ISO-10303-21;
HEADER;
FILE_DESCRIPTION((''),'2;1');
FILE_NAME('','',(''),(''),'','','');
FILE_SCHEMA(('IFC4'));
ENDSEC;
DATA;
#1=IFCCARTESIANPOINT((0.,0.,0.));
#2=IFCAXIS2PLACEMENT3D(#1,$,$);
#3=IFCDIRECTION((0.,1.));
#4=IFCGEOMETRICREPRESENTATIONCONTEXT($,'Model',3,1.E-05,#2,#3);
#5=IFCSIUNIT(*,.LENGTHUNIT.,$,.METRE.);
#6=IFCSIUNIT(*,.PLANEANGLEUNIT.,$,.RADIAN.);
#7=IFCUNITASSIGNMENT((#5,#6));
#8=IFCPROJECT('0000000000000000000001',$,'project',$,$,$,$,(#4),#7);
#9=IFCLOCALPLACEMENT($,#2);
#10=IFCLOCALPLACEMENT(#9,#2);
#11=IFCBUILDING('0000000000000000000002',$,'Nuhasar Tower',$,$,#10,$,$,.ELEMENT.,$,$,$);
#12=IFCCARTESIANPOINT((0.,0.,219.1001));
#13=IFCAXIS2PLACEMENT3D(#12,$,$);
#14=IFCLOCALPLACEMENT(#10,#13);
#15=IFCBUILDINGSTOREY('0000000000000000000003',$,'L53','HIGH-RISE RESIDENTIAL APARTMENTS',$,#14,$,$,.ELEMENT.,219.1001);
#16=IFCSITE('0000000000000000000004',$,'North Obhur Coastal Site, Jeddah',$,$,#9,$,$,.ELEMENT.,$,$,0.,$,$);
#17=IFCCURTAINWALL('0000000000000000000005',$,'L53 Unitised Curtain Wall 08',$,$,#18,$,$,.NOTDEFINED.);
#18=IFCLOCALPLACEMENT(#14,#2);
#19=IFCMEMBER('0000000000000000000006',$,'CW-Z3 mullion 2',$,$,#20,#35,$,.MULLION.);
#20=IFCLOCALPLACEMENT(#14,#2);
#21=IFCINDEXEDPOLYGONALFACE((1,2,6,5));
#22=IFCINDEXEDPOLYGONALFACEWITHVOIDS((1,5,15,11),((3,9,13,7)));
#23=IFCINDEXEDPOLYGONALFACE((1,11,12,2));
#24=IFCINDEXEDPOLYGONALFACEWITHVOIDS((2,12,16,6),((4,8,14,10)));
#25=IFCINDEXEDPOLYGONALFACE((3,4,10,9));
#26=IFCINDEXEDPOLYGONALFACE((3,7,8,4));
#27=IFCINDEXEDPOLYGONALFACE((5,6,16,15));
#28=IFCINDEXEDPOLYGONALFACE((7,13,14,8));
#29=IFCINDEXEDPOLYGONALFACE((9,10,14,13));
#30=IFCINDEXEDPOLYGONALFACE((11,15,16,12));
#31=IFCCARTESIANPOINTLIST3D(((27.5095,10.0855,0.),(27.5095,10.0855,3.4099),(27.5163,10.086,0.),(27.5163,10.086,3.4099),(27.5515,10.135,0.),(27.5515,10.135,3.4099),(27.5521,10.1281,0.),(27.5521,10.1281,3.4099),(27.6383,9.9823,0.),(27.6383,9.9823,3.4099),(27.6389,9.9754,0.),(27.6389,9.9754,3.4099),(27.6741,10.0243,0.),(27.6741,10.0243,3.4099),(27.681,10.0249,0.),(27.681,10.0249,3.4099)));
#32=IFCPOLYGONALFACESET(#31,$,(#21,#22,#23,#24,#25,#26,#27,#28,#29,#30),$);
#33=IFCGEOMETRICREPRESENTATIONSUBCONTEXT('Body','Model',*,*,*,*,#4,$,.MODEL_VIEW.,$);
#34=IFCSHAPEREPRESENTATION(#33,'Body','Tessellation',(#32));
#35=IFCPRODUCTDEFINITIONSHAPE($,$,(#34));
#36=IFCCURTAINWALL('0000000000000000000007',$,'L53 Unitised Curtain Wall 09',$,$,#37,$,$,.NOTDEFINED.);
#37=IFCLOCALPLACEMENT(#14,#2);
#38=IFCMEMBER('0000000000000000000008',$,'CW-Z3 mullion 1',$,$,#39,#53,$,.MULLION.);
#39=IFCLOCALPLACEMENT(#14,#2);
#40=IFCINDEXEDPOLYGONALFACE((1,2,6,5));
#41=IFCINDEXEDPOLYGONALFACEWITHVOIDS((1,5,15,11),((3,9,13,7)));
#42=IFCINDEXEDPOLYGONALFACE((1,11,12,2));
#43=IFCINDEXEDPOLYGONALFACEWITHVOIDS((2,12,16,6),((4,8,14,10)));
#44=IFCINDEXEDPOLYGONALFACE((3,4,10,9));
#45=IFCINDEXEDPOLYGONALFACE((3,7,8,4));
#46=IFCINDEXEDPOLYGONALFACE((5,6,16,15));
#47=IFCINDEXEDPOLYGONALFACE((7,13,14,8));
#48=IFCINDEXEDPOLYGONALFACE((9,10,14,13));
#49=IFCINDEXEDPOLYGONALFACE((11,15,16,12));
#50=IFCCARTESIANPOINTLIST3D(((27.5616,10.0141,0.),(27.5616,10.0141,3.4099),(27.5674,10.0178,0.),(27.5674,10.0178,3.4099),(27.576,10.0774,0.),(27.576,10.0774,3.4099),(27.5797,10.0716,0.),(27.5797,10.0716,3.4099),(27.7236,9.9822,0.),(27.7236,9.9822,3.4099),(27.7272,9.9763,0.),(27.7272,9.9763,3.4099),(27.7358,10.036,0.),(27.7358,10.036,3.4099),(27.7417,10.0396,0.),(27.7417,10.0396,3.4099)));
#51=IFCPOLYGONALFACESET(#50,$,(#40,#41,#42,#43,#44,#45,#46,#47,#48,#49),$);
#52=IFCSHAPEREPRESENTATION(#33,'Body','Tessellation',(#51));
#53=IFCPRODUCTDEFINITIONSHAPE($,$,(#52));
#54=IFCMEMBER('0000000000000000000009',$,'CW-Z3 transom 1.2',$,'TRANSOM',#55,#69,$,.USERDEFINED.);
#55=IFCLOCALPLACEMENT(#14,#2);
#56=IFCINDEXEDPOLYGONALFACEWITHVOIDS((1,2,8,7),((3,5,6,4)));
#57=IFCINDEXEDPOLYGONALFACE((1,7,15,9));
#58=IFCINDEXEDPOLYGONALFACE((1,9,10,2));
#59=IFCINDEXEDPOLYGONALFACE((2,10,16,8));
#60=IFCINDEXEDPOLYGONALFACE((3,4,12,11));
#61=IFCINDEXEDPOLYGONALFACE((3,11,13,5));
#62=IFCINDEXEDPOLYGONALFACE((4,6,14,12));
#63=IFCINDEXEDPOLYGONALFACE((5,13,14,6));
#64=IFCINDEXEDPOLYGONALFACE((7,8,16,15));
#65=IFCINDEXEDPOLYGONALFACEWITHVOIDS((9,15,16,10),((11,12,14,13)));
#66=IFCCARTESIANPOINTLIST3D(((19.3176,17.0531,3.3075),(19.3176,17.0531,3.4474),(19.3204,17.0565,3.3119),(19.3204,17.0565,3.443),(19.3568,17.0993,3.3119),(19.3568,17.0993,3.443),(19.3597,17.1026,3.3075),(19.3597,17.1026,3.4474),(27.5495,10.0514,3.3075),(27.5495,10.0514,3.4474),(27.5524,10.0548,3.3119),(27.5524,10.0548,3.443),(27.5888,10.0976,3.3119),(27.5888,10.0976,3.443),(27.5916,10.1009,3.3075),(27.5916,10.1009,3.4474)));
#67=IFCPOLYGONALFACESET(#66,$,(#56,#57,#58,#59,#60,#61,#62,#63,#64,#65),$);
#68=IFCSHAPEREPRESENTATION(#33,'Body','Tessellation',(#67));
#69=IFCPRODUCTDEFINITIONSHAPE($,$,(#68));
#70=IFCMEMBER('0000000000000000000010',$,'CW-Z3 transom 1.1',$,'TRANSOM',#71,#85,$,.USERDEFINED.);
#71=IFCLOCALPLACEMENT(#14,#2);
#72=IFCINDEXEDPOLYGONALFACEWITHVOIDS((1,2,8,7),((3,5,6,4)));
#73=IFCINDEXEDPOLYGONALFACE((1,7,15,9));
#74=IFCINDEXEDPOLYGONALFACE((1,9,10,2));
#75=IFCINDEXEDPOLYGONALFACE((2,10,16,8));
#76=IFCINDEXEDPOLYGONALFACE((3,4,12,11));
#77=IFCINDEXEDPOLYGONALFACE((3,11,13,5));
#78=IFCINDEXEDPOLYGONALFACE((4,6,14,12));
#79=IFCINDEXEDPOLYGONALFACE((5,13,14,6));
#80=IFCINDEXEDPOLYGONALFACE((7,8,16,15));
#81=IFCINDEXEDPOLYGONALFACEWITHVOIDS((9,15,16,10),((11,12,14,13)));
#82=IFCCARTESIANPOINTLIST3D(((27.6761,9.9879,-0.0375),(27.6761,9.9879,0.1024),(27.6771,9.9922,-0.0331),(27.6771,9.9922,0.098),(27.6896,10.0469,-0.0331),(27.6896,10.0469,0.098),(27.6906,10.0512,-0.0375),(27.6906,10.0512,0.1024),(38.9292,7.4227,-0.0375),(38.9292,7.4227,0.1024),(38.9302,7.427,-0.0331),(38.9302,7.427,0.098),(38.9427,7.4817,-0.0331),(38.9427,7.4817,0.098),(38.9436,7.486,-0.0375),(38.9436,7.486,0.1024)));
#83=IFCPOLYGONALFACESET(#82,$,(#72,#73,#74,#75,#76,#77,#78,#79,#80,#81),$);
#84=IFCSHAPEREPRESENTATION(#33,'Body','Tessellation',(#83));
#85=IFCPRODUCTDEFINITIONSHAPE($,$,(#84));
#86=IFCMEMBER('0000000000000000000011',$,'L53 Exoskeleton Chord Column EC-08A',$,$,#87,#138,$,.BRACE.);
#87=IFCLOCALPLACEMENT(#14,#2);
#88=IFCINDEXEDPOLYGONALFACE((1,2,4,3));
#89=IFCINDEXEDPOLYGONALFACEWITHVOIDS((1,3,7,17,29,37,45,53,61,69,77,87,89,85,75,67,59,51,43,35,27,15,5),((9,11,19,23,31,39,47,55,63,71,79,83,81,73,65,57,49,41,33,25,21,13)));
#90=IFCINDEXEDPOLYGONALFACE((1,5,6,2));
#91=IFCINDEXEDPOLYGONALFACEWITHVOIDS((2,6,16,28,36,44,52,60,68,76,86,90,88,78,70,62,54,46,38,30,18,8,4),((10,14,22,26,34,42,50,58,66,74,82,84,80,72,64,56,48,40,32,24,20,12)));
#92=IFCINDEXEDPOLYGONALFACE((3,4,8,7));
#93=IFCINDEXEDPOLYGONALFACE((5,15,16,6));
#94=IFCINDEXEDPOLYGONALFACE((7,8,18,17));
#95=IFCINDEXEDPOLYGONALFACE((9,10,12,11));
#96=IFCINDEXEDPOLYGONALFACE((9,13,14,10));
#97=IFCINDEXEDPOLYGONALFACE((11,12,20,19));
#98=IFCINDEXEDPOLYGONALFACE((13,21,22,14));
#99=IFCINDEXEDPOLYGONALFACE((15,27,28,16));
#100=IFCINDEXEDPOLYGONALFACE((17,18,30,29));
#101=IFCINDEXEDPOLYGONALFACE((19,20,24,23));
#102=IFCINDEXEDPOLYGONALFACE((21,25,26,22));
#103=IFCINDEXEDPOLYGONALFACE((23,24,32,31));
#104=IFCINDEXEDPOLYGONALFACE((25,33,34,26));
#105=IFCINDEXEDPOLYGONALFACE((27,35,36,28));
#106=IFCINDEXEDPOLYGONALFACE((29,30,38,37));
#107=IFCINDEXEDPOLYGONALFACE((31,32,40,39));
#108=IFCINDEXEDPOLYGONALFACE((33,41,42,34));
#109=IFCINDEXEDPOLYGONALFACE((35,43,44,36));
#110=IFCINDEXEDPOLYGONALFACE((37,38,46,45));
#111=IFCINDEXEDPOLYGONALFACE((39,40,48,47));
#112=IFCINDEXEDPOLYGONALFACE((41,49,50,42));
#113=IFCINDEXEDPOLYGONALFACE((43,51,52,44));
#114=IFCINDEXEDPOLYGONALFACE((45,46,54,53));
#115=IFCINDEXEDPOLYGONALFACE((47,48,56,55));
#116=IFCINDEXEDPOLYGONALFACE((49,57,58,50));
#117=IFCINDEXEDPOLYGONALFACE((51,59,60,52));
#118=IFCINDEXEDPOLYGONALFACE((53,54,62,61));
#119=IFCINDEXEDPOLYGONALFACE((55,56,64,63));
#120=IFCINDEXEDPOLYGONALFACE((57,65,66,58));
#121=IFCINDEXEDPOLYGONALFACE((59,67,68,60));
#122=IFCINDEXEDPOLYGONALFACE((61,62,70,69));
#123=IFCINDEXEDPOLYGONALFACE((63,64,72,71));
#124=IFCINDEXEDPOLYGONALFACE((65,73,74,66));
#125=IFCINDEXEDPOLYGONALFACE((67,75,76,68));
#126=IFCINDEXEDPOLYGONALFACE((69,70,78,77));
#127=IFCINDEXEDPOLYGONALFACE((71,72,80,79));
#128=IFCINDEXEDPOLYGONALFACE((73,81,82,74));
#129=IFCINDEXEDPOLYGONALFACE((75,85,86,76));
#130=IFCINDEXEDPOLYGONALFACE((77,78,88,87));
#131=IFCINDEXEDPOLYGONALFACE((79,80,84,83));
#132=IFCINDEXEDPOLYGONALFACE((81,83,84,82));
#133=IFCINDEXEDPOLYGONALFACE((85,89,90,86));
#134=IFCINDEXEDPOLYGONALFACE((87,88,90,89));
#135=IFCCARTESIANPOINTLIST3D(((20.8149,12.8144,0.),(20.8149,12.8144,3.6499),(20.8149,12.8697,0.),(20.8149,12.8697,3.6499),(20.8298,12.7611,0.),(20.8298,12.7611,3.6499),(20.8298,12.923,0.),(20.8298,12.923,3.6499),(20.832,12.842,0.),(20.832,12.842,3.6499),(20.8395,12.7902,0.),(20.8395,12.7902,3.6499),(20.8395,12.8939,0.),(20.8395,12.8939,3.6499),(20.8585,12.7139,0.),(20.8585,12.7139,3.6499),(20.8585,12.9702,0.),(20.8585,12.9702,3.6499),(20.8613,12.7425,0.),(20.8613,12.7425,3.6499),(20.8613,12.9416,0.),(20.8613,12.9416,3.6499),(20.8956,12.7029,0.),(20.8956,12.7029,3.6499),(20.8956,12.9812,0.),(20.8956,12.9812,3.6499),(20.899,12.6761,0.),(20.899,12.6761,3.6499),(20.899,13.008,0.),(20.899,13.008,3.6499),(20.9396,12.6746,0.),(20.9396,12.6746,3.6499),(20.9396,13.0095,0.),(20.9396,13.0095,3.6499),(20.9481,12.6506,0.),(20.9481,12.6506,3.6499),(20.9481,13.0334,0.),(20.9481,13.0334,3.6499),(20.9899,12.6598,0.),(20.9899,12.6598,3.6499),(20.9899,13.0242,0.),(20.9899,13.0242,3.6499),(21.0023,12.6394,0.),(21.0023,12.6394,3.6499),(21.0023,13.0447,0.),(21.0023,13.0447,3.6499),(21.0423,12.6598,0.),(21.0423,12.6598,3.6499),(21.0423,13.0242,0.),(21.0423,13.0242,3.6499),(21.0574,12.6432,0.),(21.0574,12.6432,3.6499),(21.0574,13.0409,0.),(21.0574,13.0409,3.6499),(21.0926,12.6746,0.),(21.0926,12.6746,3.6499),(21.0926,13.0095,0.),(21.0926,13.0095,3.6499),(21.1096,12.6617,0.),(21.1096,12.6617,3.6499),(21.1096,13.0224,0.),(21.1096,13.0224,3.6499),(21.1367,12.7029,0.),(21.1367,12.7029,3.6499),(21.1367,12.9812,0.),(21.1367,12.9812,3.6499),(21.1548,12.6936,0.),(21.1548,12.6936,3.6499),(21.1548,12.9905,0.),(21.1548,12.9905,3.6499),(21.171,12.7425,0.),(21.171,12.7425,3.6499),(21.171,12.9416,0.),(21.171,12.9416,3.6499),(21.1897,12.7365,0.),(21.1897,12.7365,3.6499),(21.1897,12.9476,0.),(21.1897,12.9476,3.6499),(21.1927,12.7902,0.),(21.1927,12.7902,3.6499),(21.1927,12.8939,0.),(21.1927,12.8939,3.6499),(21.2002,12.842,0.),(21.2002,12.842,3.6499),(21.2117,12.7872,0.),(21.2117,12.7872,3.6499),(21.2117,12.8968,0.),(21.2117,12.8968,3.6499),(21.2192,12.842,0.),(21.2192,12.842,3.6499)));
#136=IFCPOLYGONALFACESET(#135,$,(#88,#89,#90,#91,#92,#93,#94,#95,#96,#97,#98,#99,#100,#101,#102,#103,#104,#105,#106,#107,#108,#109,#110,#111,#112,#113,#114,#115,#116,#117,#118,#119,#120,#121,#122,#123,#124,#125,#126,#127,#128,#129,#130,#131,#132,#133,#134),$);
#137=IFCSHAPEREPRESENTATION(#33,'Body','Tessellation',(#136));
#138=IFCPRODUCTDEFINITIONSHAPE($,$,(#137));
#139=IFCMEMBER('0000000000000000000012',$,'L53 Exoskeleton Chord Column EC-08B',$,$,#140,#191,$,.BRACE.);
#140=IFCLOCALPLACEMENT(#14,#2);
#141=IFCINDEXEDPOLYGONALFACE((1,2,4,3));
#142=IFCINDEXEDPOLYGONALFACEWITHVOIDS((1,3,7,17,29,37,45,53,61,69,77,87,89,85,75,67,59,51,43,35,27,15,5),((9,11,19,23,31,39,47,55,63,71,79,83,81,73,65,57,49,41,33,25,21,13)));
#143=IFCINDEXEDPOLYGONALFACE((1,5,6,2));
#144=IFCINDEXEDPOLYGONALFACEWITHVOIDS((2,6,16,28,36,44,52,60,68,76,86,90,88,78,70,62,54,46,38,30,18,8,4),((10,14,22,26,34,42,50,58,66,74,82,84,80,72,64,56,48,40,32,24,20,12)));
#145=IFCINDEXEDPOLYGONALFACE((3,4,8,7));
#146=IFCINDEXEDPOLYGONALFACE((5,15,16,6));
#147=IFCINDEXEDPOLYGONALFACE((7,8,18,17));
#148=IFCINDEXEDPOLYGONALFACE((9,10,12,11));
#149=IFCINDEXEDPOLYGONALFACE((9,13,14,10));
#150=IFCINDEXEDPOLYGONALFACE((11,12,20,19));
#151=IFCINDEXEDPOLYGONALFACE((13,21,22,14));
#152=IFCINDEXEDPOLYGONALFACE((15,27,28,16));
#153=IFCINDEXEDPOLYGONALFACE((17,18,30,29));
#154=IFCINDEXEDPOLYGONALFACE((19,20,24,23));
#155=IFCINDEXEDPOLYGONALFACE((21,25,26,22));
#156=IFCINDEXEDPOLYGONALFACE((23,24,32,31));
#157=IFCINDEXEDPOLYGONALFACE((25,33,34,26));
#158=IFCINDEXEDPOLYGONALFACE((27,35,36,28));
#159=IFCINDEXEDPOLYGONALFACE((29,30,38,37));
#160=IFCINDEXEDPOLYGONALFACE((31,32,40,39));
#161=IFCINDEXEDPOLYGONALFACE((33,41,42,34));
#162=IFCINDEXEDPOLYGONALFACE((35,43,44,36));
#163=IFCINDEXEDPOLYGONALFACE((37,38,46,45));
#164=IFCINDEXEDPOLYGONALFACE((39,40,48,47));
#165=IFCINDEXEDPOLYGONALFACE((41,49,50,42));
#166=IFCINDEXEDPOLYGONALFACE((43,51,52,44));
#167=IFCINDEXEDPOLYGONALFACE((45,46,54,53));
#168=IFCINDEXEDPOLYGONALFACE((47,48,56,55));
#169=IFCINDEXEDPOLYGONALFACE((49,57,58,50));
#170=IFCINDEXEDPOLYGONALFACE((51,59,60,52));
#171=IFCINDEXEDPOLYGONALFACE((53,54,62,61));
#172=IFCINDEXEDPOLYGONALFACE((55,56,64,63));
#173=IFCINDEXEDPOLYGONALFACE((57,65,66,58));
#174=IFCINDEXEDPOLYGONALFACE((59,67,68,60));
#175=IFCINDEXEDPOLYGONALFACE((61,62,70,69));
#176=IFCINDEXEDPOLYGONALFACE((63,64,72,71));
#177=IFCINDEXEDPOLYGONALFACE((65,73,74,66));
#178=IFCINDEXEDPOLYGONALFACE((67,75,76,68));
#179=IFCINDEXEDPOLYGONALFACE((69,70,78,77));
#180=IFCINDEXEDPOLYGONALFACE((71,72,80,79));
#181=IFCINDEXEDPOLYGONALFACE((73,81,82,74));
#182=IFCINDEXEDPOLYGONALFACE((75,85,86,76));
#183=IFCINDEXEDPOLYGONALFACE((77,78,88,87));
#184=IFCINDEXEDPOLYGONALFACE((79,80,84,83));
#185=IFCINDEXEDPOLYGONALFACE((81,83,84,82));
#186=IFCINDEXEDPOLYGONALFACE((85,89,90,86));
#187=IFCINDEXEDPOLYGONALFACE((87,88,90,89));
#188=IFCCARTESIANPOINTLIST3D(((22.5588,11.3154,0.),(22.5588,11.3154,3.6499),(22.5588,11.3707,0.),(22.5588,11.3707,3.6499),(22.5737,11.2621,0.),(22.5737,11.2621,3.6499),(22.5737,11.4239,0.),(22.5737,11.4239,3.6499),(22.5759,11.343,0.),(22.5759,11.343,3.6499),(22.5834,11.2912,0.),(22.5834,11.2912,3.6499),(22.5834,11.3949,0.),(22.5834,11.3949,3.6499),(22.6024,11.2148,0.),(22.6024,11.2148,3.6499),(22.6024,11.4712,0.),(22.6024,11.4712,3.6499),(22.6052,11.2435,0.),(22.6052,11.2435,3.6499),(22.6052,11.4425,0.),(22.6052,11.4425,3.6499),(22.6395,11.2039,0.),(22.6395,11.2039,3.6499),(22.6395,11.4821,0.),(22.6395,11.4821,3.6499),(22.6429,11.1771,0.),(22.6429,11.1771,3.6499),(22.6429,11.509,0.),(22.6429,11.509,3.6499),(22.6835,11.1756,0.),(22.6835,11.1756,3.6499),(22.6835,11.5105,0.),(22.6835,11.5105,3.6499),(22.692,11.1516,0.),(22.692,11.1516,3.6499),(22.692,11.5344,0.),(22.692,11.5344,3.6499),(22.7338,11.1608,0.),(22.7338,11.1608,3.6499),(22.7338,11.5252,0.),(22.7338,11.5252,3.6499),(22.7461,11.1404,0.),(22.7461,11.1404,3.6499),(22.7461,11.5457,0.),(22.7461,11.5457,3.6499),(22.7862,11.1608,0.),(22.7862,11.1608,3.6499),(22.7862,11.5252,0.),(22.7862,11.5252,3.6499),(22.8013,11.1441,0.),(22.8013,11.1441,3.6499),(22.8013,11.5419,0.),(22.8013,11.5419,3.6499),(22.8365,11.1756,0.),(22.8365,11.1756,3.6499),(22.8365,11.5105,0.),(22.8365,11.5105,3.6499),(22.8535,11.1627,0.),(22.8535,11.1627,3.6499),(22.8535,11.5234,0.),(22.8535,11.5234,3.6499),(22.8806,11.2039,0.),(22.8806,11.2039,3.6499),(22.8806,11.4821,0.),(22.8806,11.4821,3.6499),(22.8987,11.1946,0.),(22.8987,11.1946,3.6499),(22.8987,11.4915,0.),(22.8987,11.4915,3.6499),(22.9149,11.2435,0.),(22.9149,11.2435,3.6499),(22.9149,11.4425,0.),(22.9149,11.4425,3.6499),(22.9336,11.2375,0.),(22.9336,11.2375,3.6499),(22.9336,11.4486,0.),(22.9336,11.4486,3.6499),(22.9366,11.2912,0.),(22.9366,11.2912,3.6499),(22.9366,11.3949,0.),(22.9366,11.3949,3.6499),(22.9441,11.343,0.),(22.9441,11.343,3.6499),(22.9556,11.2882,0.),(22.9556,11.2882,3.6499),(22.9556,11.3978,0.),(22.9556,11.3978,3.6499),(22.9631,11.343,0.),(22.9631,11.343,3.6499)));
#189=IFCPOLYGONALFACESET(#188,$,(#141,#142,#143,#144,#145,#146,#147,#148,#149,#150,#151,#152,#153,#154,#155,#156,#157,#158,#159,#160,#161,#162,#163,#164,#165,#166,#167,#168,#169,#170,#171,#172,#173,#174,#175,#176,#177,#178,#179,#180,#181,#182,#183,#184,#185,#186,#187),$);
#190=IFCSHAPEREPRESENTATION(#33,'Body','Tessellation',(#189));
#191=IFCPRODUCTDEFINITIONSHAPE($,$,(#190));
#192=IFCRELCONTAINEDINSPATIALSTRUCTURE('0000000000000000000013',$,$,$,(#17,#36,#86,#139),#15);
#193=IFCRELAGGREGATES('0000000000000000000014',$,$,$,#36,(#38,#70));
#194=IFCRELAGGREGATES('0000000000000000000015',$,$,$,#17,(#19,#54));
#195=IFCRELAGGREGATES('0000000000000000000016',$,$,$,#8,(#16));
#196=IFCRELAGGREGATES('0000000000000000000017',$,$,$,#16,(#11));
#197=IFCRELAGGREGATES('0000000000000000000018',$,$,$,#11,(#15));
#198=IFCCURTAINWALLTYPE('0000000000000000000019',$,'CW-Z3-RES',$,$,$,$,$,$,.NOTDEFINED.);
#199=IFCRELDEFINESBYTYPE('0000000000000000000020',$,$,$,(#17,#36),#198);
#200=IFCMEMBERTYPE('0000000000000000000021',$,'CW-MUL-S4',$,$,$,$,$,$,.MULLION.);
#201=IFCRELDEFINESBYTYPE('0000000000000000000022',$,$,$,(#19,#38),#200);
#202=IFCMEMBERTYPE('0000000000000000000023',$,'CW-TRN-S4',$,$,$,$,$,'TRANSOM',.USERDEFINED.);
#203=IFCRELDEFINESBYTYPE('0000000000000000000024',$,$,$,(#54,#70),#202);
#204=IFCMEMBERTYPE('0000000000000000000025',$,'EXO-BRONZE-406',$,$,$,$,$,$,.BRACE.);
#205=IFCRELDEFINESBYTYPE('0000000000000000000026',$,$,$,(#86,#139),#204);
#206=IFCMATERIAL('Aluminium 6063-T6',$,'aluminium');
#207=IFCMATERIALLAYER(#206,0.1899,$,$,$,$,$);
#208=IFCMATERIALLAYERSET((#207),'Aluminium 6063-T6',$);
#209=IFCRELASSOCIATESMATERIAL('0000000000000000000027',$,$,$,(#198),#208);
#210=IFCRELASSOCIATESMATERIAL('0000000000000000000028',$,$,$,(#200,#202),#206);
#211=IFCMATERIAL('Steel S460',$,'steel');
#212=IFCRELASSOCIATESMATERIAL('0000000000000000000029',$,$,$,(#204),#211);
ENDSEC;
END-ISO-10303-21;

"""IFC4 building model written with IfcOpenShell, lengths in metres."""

from ifc_helpers import new_model, si_unit, direction, frame, origin, origin_2d, place, context, subcontext, project, spatial, hollow_rectangle, hollow_circle, extrude, material, layer, layer_set, material_profile, profile_set, type_object, element, aggregate, save


model = new_model("IFC4")

# Units and contexts
model_context = context("Model", 3, precision=1e-05, world=origin(), true_north=direction((0.0, 1.0)))
body_context = subcontext(model_context, "Body", "Model", "MODEL_VIEW")
ifc_project = project(units=[si_unit("LENGTHUNIT", "METRE"), si_unit("PLANEANGLEUNIT", "RADIAN")], contexts=[model_context])

# Site, building, storey
site_placement = place(None, origin())
site = spatial("IfcSite", under=ifc_project, at=site_placement, Name="North Obhur Coastal Site, Jeddah", CompositionType="ELEMENT", RefElevation=0.0)
building_placement = place(site_placement, origin())
building = spatial("IfcBuilding", under=site, at=building_placement, Name="Nuhasar Tower", CompositionType="ELEMENT")
storey_placement = place(building_placement, frame((0.0, 0.0, 219.1001)))
storey = spatial("IfcBuildingStorey", under=building, at=storey_placement, Name="L53", Description="HIGH-RISE RESIDENTIAL APARTMENTS", CompositionType="ELEMENT", Elevation=219.1001)

# Curtain walls, members
ifc_material_1 = material(Name="Aluminium 6063-T6", Category="aluminium")
ifc_layer_1 = layer(ifc_material_1, 0.1899)
ifc_layer_set_1 = layer_set([ifc_layer_1], Name="Aluminium 6063-T6")
curtain_wall_type = type_object("IfcCurtainWallType", Name="CW-Z3-RES", PredefinedType="NOTDEFINED", material=ifc_layer_set_1)
curtain_wall_1_placement = place(storey_placement, origin())
curtain_wall_1 = element("IfcCurtainWall", 1, at=curtain_wall_1_placement, inside=storey, type_object=curtain_wall_type, Name="L53 Unitised Curtain Wall 08", PredefinedType="NOTDEFINED")
ifc_material_profile_1 = material_profile(ifc_material_1, hollow_rectangle(XDim=0.0649, YDim=0.1699, WallThickness=0.0049, at=origin_2d()), Name="CWM-4")
ifc_profile_set_1 = profile_set([ifc_material_profile_1], Name="Aluminium 6063-T6")
member_type_1 = type_object("IfcMemberType", Name="CW-MUL-S4", PredefinedType="MULLION", material=ifc_profile_set_1)
member_1_placement = place(storey_placement, frame((27.5952, 10.0552, 0.0), z_axis=(0.0, 0.0, 1.0), x_axis=(0.647895, 0.761729, 0.0)))
member_1 = element("IfcMember", 2, at=member_1_placement, type_object=member_type_1, Name="CW-Z3 mullion 2", PredefinedType="MULLION", context=body_context, shape_type="SweptSolid", body=[
    extrude(hollow_rectangle(XDim=0.0649, YDim=0.1699, WallThickness=0.0049, at=origin_2d()), origin(), (0.0, 0.0, 1.0), 3.4099),
])
curtain_wall_2_placement = place(storey_placement, origin())
curtain_wall_2 = element("IfcCurtainWall", 3, at=curtain_wall_2_placement, inside=storey, type_object=curtain_wall_type, Name="L53 Unitised Curtain Wall 09", PredefinedType="NOTDEFINED")
member_2_placement = place(storey_placement, frame((27.6516, 10.0269, 0.0), z_axis=(0.0, 0.0, 1.0), x_axis=(0.222243, 0.974991, 0.0)))
member_2 = element("IfcMember", 4, at=member_2_placement, type_object=member_type_1, Name="CW-Z3 mullion 1", PredefinedType="MULLION", context=body_context, shape_type="SweptSolid", body=[
    extrude(hollow_rectangle(XDim=0.0649, YDim=0.1699, WallThickness=0.0049, at=origin_2d()), origin(), (0.0, 0.0, 1.0), 3.4099),
])

# Members
ifc_material_profile_2 = material_profile(ifc_material_1, hollow_rectangle(XDim=0.0649, YDim=0.1399, WallThickness=0.0044, at=origin_2d()), Name="CWT-4")
ifc_profile_set_2 = profile_set([ifc_material_profile_2], Name="Aluminium 6063-T6")
member_type_2 = type_object("IfcMemberType", Name="CW-TRN-S4", ElementType="TRANSOM", PredefinedType="USERDEFINED", material=ifc_profile_set_2)
member_3_placement = place(storey_placement, frame((19.3386, 17.0779, 3.3774), z_axis=(0.761731, -0.647894, 0.0), x_axis=(0.647894, 0.761731, 0.0)))
member_3 = element("IfcMember", 5, at=member_3_placement, type_object=member_type_2, Name="CW-Z3 transom 1.2", ObjectType="TRANSOM", PredefinedType="USERDEFINED", context=body_context, shape_type="SweptSolid", body=[
    extrude(hollow_rectangle(XDim=0.0649, YDim=0.1399, WallThickness=0.0044, at=origin_2d()), origin(), (0.0, 0.0, 1.0), 10.8069),
])
member_4_placement = place(storey_placement, frame((27.6833, 10.0195, 0.0325), z_axis=(0.974989, -0.222251, 0.0), x_axis=(0.222251, 0.974989, 0.0)))
member_4 = element("IfcMember", 6, at=member_4_placement, type_object=member_type_2, Name="CW-Z3 transom 1.1", ObjectType="TRANSOM", PredefinedType="USERDEFINED", context=body_context, shape_type="SweptSolid", body=[
    extrude(hollow_rectangle(XDim=0.0649, YDim=0.1399, WallThickness=0.0044, at=origin_2d()), origin(), (0.0, 0.0, 1.0), 11.5417),
])
aggregate(curtain_wall_2, [member_2, member_4])

# Members
ifc_material_2 = material(Name="Steel S460", Category="steel")
ifc_material_profile_3 = material_profile(ifc_material_2, hollow_circle(Radius=0.2031, WallThickness=0.019, at=origin_2d()), Name="HSS406.4X19.1")
ifc_profile_set_3 = profile_set([ifc_material_profile_3], Name="Steel S460")
member_type_3 = type_object("IfcMemberType", Name="EXO-BRONZE-406", PredefinedType="BRACE", material=ifc_profile_set_3)
for number, where, z_axis, x_axis, name in (
    (7, (21.0161, 12.842, 0.0), (0.0, 0.0, 1.0), (1.0, 0.0, 0.0), "L53 Exoskeleton Chord Column EC-08A"),
    (8, (22.76, 11.343, 0.0), (0.0, 0.0, 1.0), (1.0, 0.0, 0.0), "L53 Exoskeleton Chord Column EC-08B"),
):
    element("IfcMember", number, at=place(storey_placement, frame(where, z_axis=z_axis, x_axis=x_axis)), inside=storey, type_object=member_type_3, Name=name, PredefinedType="BRACE", context=body_context, shape_type="SweptSolid", body=[
        extrude(hollow_circle(Radius=0.2031, WallThickness=0.019, at=origin_2d()), origin(), (0.0, 0.0, 1.0), 3.6499),
    ])

aggregate(curtain_wall_1, [member_1, member_3])

save(model, "model.ifc")
